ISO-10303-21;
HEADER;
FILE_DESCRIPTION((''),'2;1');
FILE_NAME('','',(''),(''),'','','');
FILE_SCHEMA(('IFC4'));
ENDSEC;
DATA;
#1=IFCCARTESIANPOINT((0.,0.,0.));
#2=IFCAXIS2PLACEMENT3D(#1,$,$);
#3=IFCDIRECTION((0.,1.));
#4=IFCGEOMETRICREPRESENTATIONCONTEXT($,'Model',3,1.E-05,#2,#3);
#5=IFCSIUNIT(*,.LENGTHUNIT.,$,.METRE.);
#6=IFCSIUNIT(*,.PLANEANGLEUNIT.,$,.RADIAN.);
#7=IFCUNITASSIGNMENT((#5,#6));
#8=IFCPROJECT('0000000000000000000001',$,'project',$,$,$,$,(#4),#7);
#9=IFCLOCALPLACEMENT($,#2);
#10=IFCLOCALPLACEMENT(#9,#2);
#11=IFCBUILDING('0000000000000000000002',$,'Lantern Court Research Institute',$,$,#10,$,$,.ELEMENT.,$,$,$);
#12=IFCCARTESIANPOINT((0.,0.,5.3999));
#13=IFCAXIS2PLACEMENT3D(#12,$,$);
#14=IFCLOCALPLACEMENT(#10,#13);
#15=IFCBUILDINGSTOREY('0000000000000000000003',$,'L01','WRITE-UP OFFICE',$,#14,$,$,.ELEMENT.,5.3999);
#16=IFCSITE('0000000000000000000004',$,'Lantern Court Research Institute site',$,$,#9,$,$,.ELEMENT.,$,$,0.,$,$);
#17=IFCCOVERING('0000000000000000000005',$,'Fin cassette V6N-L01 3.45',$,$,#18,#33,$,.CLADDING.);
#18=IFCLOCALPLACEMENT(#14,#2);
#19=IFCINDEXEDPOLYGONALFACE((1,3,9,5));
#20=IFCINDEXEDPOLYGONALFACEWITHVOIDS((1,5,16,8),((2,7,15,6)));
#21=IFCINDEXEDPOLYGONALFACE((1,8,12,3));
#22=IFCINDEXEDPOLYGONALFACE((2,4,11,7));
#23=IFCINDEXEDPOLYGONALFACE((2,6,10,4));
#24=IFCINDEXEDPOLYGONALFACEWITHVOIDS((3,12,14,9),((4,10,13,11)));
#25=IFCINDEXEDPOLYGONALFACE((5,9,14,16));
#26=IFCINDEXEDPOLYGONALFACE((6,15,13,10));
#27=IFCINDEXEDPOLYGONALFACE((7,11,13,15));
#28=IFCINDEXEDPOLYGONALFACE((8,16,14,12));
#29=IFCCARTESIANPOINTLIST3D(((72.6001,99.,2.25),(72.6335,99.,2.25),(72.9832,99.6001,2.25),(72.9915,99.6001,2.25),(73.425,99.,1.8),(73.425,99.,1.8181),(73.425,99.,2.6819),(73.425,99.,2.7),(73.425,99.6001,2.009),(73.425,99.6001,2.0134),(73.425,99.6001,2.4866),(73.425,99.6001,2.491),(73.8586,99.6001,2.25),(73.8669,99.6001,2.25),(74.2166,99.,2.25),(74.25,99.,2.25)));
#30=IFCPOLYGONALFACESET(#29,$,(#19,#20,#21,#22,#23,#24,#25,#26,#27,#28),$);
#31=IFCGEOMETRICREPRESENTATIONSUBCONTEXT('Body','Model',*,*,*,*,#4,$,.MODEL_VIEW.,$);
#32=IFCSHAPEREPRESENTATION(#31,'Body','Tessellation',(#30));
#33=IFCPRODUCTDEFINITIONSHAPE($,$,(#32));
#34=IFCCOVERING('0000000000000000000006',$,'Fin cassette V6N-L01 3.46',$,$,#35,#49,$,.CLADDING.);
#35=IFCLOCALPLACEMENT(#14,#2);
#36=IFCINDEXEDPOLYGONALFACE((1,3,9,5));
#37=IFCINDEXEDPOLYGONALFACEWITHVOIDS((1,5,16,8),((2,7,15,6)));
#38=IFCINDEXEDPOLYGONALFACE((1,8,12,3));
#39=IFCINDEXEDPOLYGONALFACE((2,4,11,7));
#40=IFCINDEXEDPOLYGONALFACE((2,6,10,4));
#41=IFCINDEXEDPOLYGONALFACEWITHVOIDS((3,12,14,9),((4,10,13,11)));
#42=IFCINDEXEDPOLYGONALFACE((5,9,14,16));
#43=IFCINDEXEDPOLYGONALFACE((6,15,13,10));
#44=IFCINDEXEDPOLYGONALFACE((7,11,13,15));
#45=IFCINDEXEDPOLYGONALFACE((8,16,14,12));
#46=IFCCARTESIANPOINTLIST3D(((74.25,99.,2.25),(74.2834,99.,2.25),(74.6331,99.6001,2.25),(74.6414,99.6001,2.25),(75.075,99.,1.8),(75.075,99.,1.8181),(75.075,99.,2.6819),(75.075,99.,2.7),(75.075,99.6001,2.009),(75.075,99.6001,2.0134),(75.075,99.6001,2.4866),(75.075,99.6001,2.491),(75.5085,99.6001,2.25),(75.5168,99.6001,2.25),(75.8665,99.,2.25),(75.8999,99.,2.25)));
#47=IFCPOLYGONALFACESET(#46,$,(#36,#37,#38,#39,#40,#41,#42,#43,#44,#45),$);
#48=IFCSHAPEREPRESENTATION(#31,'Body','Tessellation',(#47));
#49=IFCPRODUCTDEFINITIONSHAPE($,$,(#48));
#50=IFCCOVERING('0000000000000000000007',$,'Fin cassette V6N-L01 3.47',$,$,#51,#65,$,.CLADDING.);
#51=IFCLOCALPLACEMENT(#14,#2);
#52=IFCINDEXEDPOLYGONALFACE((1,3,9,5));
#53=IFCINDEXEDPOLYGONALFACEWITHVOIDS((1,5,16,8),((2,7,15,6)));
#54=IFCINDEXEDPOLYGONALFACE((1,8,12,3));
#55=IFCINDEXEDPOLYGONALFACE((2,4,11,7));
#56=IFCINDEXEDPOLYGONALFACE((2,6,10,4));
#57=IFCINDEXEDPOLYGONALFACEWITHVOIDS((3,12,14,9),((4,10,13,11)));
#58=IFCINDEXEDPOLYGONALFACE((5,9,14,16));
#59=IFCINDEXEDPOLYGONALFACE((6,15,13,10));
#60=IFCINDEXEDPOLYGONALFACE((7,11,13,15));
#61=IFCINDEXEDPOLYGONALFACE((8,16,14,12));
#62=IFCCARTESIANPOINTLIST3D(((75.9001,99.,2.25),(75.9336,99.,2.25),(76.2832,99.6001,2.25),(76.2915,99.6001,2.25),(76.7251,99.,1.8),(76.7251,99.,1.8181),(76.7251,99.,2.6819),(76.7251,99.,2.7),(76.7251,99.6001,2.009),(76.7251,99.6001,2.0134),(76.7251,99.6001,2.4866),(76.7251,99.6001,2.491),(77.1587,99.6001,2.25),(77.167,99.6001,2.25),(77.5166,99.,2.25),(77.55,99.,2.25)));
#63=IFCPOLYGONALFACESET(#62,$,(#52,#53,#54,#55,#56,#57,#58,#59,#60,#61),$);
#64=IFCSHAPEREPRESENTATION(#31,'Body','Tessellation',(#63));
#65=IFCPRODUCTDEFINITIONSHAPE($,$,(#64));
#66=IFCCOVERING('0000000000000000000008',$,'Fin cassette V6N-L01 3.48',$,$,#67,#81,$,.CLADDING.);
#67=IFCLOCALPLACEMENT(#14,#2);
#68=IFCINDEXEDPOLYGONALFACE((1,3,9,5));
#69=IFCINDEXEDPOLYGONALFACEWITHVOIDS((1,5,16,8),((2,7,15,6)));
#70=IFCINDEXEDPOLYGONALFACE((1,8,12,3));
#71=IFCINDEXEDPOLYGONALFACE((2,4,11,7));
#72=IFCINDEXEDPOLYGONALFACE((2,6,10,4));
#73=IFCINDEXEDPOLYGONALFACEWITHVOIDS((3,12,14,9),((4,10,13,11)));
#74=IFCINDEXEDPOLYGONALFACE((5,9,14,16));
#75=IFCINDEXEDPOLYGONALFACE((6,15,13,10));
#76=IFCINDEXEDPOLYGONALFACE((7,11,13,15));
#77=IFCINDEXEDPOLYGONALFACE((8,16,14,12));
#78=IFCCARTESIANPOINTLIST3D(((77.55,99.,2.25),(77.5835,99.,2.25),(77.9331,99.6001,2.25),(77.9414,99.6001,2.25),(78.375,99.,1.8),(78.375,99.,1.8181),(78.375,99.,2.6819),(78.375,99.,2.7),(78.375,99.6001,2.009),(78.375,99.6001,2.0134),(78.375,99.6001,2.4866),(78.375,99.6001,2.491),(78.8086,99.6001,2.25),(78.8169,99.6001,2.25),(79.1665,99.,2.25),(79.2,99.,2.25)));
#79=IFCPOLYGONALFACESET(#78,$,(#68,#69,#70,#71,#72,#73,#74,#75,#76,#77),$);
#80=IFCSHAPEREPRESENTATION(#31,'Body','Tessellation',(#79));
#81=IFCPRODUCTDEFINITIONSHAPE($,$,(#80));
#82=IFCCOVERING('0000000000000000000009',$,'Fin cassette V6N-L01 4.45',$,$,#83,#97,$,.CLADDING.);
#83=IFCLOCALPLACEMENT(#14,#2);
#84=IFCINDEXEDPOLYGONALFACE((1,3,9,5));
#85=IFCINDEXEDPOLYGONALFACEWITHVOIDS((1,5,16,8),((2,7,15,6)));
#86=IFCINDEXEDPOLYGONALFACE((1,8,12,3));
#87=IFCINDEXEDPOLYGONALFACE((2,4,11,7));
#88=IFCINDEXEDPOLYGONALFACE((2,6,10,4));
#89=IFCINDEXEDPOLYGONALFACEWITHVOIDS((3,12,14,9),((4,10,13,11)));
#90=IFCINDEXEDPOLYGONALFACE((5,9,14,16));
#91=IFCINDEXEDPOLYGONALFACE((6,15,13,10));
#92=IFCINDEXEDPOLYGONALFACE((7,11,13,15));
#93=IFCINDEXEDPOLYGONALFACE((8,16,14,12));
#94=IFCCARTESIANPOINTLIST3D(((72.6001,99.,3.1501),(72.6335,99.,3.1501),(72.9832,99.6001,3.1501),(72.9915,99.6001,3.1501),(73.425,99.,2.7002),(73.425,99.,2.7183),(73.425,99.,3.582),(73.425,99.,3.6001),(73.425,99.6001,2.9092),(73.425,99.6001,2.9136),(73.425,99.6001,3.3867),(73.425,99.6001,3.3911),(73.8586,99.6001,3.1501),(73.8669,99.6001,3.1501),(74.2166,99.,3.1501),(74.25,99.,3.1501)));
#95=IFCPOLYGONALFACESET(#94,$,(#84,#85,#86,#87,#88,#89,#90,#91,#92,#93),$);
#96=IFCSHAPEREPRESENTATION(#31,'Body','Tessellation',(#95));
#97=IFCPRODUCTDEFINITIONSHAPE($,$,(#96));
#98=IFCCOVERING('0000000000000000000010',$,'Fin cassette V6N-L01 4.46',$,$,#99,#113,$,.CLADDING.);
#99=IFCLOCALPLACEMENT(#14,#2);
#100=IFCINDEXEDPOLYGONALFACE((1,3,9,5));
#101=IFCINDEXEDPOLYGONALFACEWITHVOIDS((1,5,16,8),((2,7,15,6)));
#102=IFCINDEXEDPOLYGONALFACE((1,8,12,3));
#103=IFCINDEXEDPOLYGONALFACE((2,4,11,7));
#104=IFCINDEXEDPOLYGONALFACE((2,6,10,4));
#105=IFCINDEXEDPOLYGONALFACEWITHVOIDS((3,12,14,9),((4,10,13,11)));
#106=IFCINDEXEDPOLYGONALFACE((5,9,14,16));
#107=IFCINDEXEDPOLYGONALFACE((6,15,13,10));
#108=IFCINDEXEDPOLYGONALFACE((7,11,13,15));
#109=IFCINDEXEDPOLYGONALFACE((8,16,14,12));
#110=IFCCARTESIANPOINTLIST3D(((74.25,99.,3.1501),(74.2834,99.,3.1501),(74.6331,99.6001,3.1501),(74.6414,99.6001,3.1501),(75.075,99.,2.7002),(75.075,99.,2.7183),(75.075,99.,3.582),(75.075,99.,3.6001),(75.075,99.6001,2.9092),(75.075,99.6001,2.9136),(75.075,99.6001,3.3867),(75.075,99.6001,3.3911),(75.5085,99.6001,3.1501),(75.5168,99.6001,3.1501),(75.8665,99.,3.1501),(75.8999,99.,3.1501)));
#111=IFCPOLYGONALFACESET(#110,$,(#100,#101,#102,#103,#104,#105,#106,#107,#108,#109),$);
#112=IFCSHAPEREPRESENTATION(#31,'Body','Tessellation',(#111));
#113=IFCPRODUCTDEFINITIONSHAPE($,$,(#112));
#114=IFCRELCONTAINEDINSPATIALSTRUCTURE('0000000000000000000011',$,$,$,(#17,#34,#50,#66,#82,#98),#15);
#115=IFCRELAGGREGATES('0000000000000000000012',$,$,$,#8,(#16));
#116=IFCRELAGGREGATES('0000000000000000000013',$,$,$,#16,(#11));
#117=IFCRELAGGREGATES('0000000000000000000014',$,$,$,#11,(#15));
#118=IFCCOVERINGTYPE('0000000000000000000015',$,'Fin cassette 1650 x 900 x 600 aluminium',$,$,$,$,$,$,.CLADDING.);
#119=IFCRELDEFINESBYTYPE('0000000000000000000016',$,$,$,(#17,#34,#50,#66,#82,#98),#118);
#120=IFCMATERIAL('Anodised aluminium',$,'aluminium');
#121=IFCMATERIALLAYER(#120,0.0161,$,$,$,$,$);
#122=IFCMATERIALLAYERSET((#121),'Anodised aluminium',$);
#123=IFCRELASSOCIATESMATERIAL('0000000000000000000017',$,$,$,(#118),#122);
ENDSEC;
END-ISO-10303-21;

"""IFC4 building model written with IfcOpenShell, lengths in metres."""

from ifc_helpers import new_model, entity, si_unit, direction, frame, origin, place, context, subcontext, project, spatial, material, layer, layer_set, type_object, element, save


model = new_model("IFC4")

# Units and contexts
model_context = context("Model", 3, precision=1e-05, world=origin(), true_north=direction((0.0, 1.0)))
body_context = subcontext(model_context, "Body", "Model", "MODEL_VIEW")
ifc_project = project(units=[si_unit("LENGTHUNIT", "METRE"), si_unit("PLANEANGLEUNIT", "RADIAN")], contexts=[model_context])

# Site, building, storey
site_placement = place(None, origin())
site = spatial("IfcSite", under=ifc_project, at=site_placement, Name="Lantern Court Research Institute site", CompositionType="ELEMENT", RefElevation=0.0)
building_placement = place(site_placement, origin())
building = spatial("IfcBuilding", under=site, at=building_placement, Name="Lantern Court Research Institute", CompositionType="ELEMENT")
storey_placement = place(building_placement, frame((0.0, 0.0, 5.3999)))
storey = spatial("IfcBuildingStorey", under=building, at=storey_placement, Name="L01", Description="WRITE-UP OFFICE", CompositionType="ELEMENT", Elevation=5.3999)

# Coverings
ifc_material_1 = material(Name="Anodised aluminium", Category="aluminium")
ifc_layer_1 = layer(ifc_material_1, 0.0161)
ifc_layer_set_1 = layer_set([ifc_layer_1], Name="Anodised aluminium")
covering_type = type_object("IfcCoveringType", Name="Fin cassette 1650 x 900 x 600 aluminium", PredefinedType="CLADDING", material=ifc_layer_set_1)
covering_1_placement = place(storey_placement, frame((73.425, 99.0, 2.25), z_axis=(0.0, 1.0, 0.0), x_axis=(-1.0, 0.0, 0.0)))
cartesian_point_1 = entity("IfcCartesianPoint", [0.825, 0.0])
cartesian_point_2 = entity("IfcCartesianPoint", [0.7915, 0.0])
cartesian_point_3 = entity("IfcCartesianPoint", [0.4419, 0.0])
cartesian_point_4 = entity("IfcCartesianPoint", [0.4336, 0.0])
element("IfcCovering", 1, at=covering_1_placement, inside=storey, type_object=covering_type, Name="Fin cassette V6N-L01 3.45", PredefinedType="CLADDING", context=body_context, shape_type="SweptSolid", body=[
    entity("IfcExtrudedAreaSolidTapered", entity("IfcArbitraryProfileDefWithVoids", "AREA", None, entity("IfcPolyline", [cartesian_point_1, entity("IfcCartesianPoint", [0.0, 0.45]), entity("IfcCartesianPoint", [-0.825, 0.0]), entity("IfcCartesianPoint", [0.0, -0.45]), cartesian_point_1]), [entity("IfcPolyline", [cartesian_point_2, entity("IfcCartesianPoint", [0.0, 0.4319]), entity("IfcCartesianPoint", [-0.7915, 0.0]), entity("IfcCartesianPoint", [0.0, -0.4319]), cartesian_point_2])]), entity("IfcAxis2Placement3D", entity("IfcCartesianPoint", [0.0, 0.0, 0.0])), entity("IfcDirection", [0.0, 0.0, 1.0]), 0.6001, entity("IfcArbitraryProfileDefWithVoids", "AREA", None, entity("IfcPolyline", [cartesian_point_3, entity("IfcCartesianPoint", [0.0, 0.241]), entity("IfcCartesianPoint", [-0.4419, 0.0]), entity("IfcCartesianPoint", [0.0, -0.241]), cartesian_point_3]), [entity("IfcPolyline", [cartesian_point_4, entity("IfcCartesianPoint", [0.0, 0.2366]), entity("IfcCartesianPoint", [-0.4336, 0.0]), entity("IfcCartesianPoint", [0.0, -0.2366]), cartesian_point_4])])),
])
covering_2_placement = place(storey_placement, frame((75.075, 99.0, 2.25), z_axis=(0.0, 1.0, 0.0), x_axis=(-1.0, 0.0, 0.0)))
cartesian_point_5 = entity("IfcCartesianPoint", [0.825, 0.0])
cartesian_point_6 = entity("IfcCartesianPoint", [0.7915, 0.0])
cartesian_point_7 = entity("IfcCartesianPoint", [0.4419, 0.0])
cartesian_point_8 = entity("IfcCartesianPoint", [0.4336, 0.0])
element("IfcCovering", 2, at=covering_2_placement, inside=storey, type_object=covering_type, Name="Fin cassette V6N-L01 3.46", PredefinedType="CLADDING", context=body_context, shape_type="SweptSolid", body=[
    entity("IfcExtrudedAreaSolidTapered", entity("IfcArbitraryProfileDefWithVoids", "AREA", None, entity("IfcPolyline", [cartesian_point_5, entity("IfcCartesianPoint", [0.0, 0.45]), entity("IfcCartesianPoint", [-0.825, 0.0]), entity("IfcCartesianPoint", [0.0, -0.45]), cartesian_point_5]), [entity("IfcPolyline", [cartesian_point_6, entity("IfcCartesianPoint", [0.0, 0.4319]), entity("IfcCartesianPoint", [-0.7915, 0.0]), entity("IfcCartesianPoint", [0.0, -0.4319]), cartesian_point_6])]), entity("IfcAxis2Placement3D", entity("IfcCartesianPoint", [0.0, 0.0, 0.0])), entity("IfcDirection", [0.0, 0.0, 1.0]), 0.6001, entity("IfcArbitraryProfileDefWithVoids", "AREA", None, entity("IfcPolyline", [cartesian_point_7, entity("IfcCartesianPoint", [0.0, 0.241]), entity("IfcCartesianPoint", [-0.4419, 0.0]), entity("IfcCartesianPoint", [0.0, -0.241]), cartesian_point_7]), [entity("IfcPolyline", [cartesian_point_8, entity("IfcCartesianPoint", [0.0, 0.2366]), entity("IfcCartesianPoint", [-0.4336, 0.0]), entity("IfcCartesianPoint", [0.0, -0.2366]), cartesian_point_8])])),
])
covering_3_placement = place(storey_placement, frame((76.7251, 99.0, 2.25), z_axis=(0.0, 1.0, 0.0), x_axis=(-1.0, 0.0, 0.0)))
cartesian_point_9 = entity("IfcCartesianPoint", [0.825, 0.0])
cartesian_point_10 = entity("IfcCartesianPoint", [0.7915, 0.0])
cartesian_point_11 = entity("IfcCartesianPoint", [0.4419, 0.0])
cartesian_point_12 = entity("IfcCartesianPoint", [0.4336, 0.0])
element("IfcCovering", 3, at=covering_3_placement, inside=storey, type_object=covering_type, Name="Fin cassette V6N-L01 3.47", PredefinedType="CLADDING", context=body_context, shape_type="SweptSolid", body=[
    entity("IfcExtrudedAreaSolidTapered", entity("IfcArbitraryProfileDefWithVoids", "AREA", None, entity("IfcPolyline", [cartesian_point_9, entity("IfcCartesianPoint", [0.0, 0.45]), entity("IfcCartesianPoint", [-0.825, 0.0]), entity("IfcCartesianPoint", [0.0, -0.45]), cartesian_point_9]), [entity("IfcPolyline", [cartesian_point_10, entity("IfcCartesianPoint", [0.0, 0.4319]), entity("IfcCartesianPoint", [-0.7915, 0.0]), entity("IfcCartesianPoint", [0.0, -0.4319]), cartesian_point_10])]), entity("IfcAxis2Placement3D", entity("IfcCartesianPoint", [0.0, 0.0, 0.0])), entity("IfcDirection", [0.0, 0.0, 1.0]), 0.6001, entity("IfcArbitraryProfileDefWithVoids", "AREA", None, entity("IfcPolyline", [cartesian_point_11, entity("IfcCartesianPoint", [0.0, 0.241]), entity("IfcCartesianPoint", [-0.4419, 0.0]), entity("IfcCartesianPoint", [0.0, -0.241]), cartesian_point_11]), [entity("IfcPolyline", [cartesian_point_12, entity("IfcCartesianPoint", [0.0, 0.2366]), entity("IfcCartesianPoint", [-0.4336, 0.0]), entity("IfcCartesianPoint", [0.0, -0.2366]), cartesian_point_12])])),
])
covering_4_placement = place(storey_placement, frame((78.375, 99.0, 2.25), z_axis=(0.0, 1.0, 0.0), x_axis=(-1.0, 0.0, 0.0)))
cartesian_point_13 = entity("IfcCartesianPoint", [0.825, 0.0])
cartesian_point_14 = entity("IfcCartesianPoint", [0.7915, 0.0])
cartesian_point_15 = entity("IfcCartesianPoint", [0.4419, 0.0])
cartesian_point_16 = entity("IfcCartesianPoint", [0.4336, 0.0])
element("IfcCovering", 4, at=covering_4_placement, inside=storey, type_object=covering_type, Name="Fin cassette V6N-L01 3.48", PredefinedType="CLADDING", context=body_context, shape_type="SweptSolid", body=[
    entity("IfcExtrudedAreaSolidTapered", entity("IfcArbitraryProfileDefWithVoids", "AREA", None, entity("IfcPolyline", [cartesian_point_13, entity("IfcCartesianPoint", [0.0, 0.45]), entity("IfcCartesianPoint", [-0.825, 0.0]), entity("IfcCartesianPoint", [0.0, -0.45]), cartesian_point_13]), [entity("IfcPolyline", [cartesian_point_14, entity("IfcCartesianPoint", [0.0, 0.4319]), entity("IfcCartesianPoint", [-0.7915, 0.0]), entity("IfcCartesianPoint", [0.0, -0.4319]), cartesian_point_14])]), entity("IfcAxis2Placement3D", entity("IfcCartesianPoint", [0.0, 0.0, 0.0])), entity("IfcDirection", [0.0, 0.0, 1.0]), 0.6001, entity("IfcArbitraryProfileDefWithVoids", "AREA", None, entity("IfcPolyline", [cartesian_point_15, entity("IfcCartesianPoint", [0.0, 0.241]), entity("IfcCartesianPoint", [-0.4419, 0.0]), entity("IfcCartesianPoint", [0.0, -0.241]), cartesian_point_15]), [entity("IfcPolyline", [cartesian_point_16, entity("IfcCartesianPoint", [0.0, 0.2366]), entity("IfcCartesianPoint", [-0.4336, 0.0]), entity("IfcCartesianPoint", [0.0, -0.2366]), cartesian_point_16])])),
])
covering_5_placement = place(storey_placement, frame((73.425, 99.0, 3.1501), z_axis=(0.0, 1.0, 0.0), x_axis=(-1.0, 0.0, 0.0)))
cartesian_point_17 = entity("IfcCartesianPoint", [0.825, 0.0])
cartesian_point_18 = entity("IfcCartesianPoint", [0.7915, 0.0])
cartesian_point_19 = entity("IfcCartesianPoint", [0.4419, 0.0])
cartesian_point_20 = entity("IfcCartesianPoint", [0.4336, 0.0])
element("IfcCovering", 5, at=covering_5_placement, inside=storey, type_object=covering_type, Name="Fin cassette V6N-L01 4.45", PredefinedType="CLADDING", context=body_context, shape_type="SweptSolid", body=[
    entity("IfcExtrudedAreaSolidTapered", entity("IfcArbitraryProfileDefWithVoids", "AREA", None, entity("IfcPolyline", [cartesian_point_17, entity("IfcCartesianPoint", [0.0, 0.45]), entity("IfcCartesianPoint", [-0.825, 0.0]), entity("IfcCartesianPoint", [0.0, -0.45]), cartesian_point_17]), [entity("IfcPolyline", [cartesian_point_18, entity("IfcCartesianPoint", [0.0, 0.4319]), entity("IfcCartesianPoint", [-0.7915, 0.0]), entity("IfcCartesianPoint", [0.0, -0.4319]), cartesian_point_18])]), entity("IfcAxis2Placement3D", entity("IfcCartesianPoint", [0.0, 0.0, 0.0])), entity("IfcDirection", [0.0, 0.0, 1.0]), 0.6001, entity("IfcArbitraryProfileDefWithVoids", "AREA", None, entity("IfcPolyline", [cartesian_point_19, entity("IfcCartesianPoint", [0.0, 0.241]), entity("IfcCartesianPoint", [-0.4419, 0.0]), entity("IfcCartesianPoint", [0.0, -0.241]), cartesian_point_19]), [entity("IfcPolyline", [cartesian_point_20, entity("IfcCartesianPoint", [0.0, 0.2366]), entity("IfcCartesianPoint", [-0.4336, 0.0]), entity("IfcCartesianPoint", [0.0, -0.2366]), cartesian_point_20])])),
])
covering_6_placement = place(storey_placement, frame((75.075, 99.0, 3.1501), z_axis=(0.0, 1.0, 0.0), x_axis=(-1.0, 0.0, 0.0)))
cartesian_point_21 = entity("IfcCartesianPoint", [0.825, 0.0])
cartesian_point_22 = entity("IfcCartesianPoint", [0.7915, 0.0])
cartesian_point_23 = entity("IfcCartesianPoint", [0.4419, 0.0])
cartesian_point_24 = entity("IfcCartesianPoint", [0.4336, 0.0])
element("IfcCovering", 6, at=covering_6_placement, inside=storey, type_object=covering_type, Name="Fin cassette V6N-L01 4.46", PredefinedType="CLADDING", context=body_context, shape_type="SweptSolid", body=[
    entity("IfcExtrudedAreaSolidTapered", entity("IfcArbitraryProfileDefWithVoids", "AREA", None, entity("IfcPolyline", [cartesian_point_21, entity("IfcCartesianPoint", [0.0, 0.45]), entity("IfcCartesianPoint", [-0.825, 0.0]), entity("IfcCartesianPoint", [0.0, -0.45]), cartesian_point_21]), [entity("IfcPolyline", [cartesian_point_22, entity("IfcCartesianPoint", [0.0, 0.4319]), entity("IfcCartesianPoint", [-0.7915, 0.0]), entity("IfcCartesianPoint", [0.0, -0.4319]), cartesian_point_22])]), entity("IfcAxis2Placement3D", entity("IfcCartesianPoint", [0.0, 0.0, 0.0])), entity("IfcDirection", [0.0, 0.0, 1.0]), 0.6001, entity("IfcArbitraryProfileDefWithVoids", "AREA", None, entity("IfcPolyline", [cartesian_point_23, entity("IfcCartesianPoint", [0.0, 0.241]), entity("IfcCartesianPoint", [-0.4419, 0.0]), entity("IfcCartesianPoint", [0.0, -0.241]), cartesian_point_23]), [entity("IfcPolyline", [cartesian_point_24, entity("IfcCartesianPoint", [0.0, 0.2366]), entity("IfcCartesianPoint", [-0.4336, 0.0]), entity("IfcCartesianPoint", [0.0, -0.2366]), cartesian_point_24])])),
])

save(model, "model.ifc")
